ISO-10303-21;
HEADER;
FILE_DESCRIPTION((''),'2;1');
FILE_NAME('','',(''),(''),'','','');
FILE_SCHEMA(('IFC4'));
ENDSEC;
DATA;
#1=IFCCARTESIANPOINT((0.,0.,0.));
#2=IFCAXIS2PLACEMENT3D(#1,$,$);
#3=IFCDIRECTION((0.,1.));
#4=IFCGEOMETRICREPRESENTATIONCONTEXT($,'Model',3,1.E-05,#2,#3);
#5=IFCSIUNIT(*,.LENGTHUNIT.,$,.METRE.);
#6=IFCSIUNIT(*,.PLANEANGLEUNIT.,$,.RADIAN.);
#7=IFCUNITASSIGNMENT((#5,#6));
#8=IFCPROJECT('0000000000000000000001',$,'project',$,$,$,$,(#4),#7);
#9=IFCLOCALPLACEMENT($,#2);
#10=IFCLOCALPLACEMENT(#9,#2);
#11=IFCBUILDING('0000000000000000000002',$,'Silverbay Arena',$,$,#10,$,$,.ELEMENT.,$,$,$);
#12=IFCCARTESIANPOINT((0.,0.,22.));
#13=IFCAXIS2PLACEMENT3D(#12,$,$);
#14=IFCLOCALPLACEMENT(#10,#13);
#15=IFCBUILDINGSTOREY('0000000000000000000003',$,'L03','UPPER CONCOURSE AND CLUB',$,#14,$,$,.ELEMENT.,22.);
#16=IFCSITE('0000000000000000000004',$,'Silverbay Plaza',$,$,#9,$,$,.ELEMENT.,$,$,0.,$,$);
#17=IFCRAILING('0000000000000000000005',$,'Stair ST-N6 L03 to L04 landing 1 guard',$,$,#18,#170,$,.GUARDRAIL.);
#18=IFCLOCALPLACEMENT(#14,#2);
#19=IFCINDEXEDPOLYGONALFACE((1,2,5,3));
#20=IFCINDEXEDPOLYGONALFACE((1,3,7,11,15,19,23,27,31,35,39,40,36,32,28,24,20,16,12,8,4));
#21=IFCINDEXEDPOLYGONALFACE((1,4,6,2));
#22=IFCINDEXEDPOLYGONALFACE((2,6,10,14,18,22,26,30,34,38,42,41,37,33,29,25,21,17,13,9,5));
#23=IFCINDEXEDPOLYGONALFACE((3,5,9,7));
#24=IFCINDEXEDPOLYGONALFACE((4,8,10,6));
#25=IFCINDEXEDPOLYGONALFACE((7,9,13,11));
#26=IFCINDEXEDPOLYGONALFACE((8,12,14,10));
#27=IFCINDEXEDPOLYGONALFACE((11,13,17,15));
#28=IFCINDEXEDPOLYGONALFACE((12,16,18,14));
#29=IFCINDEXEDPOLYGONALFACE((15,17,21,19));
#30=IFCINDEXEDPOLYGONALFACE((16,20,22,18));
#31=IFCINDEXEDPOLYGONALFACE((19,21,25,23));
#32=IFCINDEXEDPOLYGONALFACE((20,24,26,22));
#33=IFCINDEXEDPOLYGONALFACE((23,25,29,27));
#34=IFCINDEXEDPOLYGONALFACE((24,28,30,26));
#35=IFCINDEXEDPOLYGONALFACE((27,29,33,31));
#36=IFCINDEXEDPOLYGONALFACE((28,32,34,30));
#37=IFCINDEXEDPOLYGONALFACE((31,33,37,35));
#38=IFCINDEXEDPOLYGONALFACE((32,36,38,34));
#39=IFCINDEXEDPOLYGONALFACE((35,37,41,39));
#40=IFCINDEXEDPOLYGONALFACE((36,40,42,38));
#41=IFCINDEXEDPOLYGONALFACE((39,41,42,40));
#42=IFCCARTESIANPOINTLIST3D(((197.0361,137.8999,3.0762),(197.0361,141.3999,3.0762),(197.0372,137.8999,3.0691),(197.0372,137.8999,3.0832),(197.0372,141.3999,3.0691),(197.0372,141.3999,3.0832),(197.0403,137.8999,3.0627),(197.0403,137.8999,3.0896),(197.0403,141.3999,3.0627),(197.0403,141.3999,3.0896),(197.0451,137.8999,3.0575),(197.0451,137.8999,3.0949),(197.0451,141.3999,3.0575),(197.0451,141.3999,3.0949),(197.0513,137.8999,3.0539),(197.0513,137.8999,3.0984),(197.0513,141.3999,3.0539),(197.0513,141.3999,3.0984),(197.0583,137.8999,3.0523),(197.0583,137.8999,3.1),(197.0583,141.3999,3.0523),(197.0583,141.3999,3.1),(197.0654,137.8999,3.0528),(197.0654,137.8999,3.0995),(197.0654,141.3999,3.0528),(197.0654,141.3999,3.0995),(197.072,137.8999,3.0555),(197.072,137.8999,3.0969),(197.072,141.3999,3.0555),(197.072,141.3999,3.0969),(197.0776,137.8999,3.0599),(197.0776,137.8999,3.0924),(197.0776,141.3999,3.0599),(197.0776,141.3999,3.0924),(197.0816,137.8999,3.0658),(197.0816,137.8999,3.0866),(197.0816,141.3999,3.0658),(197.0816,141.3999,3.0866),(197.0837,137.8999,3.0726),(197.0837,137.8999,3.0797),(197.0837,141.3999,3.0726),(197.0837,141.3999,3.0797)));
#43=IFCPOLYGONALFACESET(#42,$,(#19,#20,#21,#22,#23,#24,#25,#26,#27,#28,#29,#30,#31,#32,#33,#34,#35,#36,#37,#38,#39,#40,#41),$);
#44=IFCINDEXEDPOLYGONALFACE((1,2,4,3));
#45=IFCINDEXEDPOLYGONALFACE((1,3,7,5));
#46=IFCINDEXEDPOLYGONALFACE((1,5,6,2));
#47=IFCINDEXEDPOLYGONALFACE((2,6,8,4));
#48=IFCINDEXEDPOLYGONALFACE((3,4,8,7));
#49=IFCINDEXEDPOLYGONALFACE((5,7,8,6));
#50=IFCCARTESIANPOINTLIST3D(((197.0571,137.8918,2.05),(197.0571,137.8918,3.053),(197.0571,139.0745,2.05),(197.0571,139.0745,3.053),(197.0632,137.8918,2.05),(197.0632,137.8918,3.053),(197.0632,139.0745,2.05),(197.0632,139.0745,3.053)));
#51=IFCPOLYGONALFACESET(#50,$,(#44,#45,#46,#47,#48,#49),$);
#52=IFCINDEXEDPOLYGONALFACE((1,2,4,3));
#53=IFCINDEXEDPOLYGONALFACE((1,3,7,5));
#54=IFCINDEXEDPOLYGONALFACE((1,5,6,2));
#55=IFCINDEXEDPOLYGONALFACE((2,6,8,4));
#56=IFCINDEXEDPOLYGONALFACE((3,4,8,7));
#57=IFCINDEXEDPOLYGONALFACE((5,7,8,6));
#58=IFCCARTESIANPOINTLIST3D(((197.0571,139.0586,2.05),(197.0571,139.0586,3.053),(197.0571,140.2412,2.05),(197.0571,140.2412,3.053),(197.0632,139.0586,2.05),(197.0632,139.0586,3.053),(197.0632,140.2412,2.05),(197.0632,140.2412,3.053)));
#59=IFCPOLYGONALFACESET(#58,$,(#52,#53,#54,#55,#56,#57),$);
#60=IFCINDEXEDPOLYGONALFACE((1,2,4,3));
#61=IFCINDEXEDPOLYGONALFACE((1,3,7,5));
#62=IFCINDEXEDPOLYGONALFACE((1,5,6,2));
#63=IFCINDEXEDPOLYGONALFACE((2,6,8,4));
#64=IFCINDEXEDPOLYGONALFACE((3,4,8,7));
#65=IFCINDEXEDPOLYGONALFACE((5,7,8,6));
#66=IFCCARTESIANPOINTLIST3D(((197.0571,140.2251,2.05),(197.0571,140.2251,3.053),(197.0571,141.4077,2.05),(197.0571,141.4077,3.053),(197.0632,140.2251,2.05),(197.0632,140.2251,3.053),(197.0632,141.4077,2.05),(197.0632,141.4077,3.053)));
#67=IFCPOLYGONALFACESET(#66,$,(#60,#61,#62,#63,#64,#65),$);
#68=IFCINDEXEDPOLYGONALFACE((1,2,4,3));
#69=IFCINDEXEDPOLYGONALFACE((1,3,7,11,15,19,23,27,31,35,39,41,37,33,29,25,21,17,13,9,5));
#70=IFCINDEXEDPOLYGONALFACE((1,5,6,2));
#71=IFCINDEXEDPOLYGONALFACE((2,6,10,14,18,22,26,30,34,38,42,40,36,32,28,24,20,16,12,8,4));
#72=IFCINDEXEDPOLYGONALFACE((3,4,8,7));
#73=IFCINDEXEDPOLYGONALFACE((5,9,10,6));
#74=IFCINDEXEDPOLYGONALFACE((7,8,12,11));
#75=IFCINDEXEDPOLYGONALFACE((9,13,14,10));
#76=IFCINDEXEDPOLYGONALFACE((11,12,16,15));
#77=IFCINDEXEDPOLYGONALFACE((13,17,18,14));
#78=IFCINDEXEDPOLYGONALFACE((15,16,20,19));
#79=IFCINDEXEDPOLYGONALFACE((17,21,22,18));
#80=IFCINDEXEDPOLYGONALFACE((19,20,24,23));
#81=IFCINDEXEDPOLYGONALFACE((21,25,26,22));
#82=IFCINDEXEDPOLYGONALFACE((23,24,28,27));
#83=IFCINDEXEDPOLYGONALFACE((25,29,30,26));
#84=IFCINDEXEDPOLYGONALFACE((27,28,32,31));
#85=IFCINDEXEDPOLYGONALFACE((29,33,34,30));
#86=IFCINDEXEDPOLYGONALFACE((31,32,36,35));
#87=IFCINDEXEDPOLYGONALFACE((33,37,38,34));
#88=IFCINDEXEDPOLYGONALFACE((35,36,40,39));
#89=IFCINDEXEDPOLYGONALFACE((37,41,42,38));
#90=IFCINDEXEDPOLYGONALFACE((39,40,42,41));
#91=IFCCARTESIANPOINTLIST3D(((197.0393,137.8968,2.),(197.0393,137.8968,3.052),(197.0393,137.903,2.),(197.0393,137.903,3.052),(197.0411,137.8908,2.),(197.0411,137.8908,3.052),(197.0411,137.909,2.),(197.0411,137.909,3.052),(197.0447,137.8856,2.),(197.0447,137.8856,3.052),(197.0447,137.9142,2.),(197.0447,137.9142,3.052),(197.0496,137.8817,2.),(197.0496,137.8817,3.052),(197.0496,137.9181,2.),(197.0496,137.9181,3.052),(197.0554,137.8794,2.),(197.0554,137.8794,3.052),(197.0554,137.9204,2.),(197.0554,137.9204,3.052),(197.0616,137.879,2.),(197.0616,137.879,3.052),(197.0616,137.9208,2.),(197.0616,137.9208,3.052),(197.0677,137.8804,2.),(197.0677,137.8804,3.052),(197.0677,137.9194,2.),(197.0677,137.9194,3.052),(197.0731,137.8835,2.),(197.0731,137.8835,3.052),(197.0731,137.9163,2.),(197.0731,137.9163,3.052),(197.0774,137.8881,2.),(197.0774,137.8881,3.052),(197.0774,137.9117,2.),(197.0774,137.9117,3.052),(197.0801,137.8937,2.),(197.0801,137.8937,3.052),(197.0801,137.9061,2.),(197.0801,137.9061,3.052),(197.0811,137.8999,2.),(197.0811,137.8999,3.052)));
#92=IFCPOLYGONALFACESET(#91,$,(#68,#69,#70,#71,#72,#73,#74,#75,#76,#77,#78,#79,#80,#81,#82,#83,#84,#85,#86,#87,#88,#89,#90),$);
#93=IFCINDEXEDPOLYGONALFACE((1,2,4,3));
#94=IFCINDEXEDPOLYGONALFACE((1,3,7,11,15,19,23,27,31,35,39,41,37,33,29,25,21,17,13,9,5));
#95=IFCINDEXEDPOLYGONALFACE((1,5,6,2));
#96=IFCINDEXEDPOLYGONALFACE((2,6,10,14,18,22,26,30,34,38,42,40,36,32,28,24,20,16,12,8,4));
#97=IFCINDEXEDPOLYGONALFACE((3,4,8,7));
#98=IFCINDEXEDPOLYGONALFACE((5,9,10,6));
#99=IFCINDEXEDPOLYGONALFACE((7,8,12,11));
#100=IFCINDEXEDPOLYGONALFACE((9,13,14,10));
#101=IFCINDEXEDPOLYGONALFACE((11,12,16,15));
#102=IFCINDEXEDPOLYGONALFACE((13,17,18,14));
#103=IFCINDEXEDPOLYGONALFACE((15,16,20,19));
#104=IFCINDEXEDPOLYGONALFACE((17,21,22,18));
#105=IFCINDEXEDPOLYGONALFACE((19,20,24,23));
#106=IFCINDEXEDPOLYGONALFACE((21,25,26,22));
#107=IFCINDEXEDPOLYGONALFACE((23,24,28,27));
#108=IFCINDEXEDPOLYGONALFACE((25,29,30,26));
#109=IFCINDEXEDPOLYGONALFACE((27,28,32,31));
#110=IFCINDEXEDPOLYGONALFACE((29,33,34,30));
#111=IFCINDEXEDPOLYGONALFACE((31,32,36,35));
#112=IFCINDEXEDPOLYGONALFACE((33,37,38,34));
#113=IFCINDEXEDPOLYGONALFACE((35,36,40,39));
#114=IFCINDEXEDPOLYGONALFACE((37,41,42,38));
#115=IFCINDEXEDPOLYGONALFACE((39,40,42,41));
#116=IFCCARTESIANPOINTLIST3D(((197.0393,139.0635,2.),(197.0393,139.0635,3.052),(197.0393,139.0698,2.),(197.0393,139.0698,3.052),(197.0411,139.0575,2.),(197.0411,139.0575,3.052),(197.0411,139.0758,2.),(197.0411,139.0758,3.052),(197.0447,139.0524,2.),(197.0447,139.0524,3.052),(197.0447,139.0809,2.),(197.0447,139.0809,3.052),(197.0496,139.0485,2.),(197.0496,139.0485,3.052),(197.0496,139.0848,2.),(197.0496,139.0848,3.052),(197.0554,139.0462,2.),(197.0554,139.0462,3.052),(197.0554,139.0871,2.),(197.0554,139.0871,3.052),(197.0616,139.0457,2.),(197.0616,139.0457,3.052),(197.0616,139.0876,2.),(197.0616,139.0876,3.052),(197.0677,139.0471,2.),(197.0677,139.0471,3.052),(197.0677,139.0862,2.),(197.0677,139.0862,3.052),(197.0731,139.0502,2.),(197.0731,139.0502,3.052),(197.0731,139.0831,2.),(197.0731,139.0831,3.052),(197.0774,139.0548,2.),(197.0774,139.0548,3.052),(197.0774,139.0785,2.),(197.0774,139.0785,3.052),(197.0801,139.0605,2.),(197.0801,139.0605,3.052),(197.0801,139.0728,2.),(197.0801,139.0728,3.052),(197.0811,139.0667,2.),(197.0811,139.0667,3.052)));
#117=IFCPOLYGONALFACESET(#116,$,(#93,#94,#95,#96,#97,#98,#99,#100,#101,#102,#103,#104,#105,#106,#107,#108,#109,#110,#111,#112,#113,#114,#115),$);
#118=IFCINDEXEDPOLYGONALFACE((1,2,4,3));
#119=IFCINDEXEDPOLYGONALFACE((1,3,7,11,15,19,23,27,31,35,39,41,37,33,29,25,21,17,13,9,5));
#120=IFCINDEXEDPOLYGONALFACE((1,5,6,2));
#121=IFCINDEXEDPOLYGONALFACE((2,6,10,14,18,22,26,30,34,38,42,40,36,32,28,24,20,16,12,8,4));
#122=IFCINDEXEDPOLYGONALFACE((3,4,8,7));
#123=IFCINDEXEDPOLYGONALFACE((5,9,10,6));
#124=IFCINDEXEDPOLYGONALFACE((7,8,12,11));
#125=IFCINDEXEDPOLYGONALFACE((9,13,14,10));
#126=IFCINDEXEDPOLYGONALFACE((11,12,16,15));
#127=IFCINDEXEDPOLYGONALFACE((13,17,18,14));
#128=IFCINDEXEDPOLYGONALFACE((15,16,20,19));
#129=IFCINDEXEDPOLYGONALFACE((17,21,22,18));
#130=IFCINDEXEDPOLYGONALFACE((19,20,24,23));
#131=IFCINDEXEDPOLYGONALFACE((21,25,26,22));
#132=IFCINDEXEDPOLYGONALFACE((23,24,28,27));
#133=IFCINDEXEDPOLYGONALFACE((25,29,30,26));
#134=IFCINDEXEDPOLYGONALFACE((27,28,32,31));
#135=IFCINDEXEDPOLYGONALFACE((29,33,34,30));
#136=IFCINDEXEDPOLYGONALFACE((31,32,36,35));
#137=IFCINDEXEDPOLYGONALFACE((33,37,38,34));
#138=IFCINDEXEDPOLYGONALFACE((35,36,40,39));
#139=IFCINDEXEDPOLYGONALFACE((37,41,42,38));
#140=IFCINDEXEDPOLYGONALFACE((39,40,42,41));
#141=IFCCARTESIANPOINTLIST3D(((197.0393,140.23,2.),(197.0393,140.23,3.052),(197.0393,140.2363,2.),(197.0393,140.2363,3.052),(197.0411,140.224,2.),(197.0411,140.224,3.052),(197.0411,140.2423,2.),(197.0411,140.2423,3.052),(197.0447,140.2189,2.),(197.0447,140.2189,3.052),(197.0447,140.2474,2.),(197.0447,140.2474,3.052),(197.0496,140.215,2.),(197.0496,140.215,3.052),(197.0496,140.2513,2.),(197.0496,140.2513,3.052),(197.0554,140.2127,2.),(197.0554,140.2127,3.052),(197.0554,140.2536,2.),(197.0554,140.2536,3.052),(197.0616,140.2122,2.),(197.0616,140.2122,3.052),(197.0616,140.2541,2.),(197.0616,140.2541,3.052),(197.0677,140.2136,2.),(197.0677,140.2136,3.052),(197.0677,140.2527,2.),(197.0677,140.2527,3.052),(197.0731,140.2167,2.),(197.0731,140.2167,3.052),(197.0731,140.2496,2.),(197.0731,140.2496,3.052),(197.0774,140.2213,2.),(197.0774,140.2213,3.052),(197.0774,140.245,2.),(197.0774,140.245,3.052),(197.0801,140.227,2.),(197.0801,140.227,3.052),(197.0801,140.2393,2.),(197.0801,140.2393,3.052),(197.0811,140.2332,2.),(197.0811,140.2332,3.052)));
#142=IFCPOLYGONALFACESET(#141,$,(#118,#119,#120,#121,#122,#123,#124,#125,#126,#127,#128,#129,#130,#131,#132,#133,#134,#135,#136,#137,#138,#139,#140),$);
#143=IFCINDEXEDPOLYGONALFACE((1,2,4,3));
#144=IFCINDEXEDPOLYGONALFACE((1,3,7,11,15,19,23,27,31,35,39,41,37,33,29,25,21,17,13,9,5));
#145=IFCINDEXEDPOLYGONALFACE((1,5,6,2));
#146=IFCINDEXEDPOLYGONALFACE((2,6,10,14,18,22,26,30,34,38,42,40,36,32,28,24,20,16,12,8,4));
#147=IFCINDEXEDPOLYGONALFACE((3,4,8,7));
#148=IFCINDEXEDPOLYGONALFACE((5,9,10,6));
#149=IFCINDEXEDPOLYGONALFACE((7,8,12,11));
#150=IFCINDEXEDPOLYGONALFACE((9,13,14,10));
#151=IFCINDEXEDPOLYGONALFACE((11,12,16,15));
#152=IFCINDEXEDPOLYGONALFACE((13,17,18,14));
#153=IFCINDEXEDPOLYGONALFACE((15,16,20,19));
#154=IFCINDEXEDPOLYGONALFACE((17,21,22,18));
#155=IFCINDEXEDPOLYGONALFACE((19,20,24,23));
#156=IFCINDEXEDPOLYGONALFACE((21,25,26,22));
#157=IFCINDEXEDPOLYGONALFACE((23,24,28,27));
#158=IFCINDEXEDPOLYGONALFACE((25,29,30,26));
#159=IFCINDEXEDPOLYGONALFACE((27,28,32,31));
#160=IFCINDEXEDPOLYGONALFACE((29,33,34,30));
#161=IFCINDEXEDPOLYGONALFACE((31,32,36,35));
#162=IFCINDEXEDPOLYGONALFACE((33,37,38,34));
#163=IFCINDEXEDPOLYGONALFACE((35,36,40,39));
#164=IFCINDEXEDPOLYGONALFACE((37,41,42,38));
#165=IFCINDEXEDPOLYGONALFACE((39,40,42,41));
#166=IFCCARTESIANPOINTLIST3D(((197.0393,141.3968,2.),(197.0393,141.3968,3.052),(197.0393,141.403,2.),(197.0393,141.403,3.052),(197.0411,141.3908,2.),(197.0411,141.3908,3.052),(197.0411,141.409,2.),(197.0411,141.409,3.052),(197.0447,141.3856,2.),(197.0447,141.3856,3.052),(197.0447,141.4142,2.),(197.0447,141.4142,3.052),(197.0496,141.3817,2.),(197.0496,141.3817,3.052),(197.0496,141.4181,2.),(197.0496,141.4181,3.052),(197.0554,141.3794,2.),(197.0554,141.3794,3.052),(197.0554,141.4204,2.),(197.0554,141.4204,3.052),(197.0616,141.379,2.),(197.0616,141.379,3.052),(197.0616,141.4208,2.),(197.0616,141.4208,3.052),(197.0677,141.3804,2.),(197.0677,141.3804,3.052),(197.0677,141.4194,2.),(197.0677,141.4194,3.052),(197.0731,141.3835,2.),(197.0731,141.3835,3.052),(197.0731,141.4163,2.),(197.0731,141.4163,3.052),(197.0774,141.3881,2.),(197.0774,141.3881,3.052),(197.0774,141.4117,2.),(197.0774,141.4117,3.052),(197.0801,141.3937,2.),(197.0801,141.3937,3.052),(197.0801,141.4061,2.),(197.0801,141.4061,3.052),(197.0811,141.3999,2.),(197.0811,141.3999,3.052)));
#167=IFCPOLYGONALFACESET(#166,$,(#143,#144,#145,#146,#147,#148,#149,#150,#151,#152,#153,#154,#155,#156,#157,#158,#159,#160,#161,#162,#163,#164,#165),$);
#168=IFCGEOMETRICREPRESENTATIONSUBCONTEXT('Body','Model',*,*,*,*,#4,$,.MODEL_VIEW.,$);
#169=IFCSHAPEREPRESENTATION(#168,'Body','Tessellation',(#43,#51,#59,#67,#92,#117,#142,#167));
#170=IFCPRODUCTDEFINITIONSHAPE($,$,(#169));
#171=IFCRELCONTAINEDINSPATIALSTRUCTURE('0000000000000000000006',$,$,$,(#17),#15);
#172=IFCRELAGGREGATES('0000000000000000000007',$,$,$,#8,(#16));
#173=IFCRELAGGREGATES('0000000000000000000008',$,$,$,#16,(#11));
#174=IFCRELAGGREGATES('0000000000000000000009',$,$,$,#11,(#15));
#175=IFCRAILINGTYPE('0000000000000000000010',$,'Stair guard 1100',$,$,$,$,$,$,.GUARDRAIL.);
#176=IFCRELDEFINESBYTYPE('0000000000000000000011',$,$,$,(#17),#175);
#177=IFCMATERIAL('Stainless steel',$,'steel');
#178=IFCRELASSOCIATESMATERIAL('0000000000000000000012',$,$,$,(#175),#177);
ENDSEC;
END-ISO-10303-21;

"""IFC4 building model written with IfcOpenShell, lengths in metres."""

from ifc_helpers import new_model, si_unit, direction, frame, origin, origin_2d, place, context, subcontext, project, spatial, polyline, circle, outline, extrude, material, type_object, element, save


model = new_model("IFC4")

# Units and contexts
model_context = context("Model", 3, precision=1e-05, world=origin(), true_north=direction((0.0, 1.0)))
body_context = subcontext(model_context, "Body", "Model", "MODEL_VIEW")
ifc_project = project(units=[si_unit("LENGTHUNIT", "METRE"), si_unit("PLANEANGLEUNIT", "RADIAN")], contexts=[model_context])

# Site, building, storey
site_placement = place(None, origin())
site = spatial("IfcSite", under=ifc_project, at=site_placement, Name="Silverbay Plaza", CompositionType="ELEMENT", RefElevation=0.0)
building_placement = place(site_placement, origin())
building = spatial("IfcBuilding", under=site, at=building_placement, Name="Silverbay Arena", CompositionType="ELEMENT")
storey_placement = place(building_placement, frame((0.0, 0.0, 22.0)))
storey = spatial("IfcBuildingStorey", under=building, at=storey_placement, Name="L03", Description="UPPER CONCOURSE AND CLUB", CompositionType="ELEMENT", Elevation=22.0)

# Railing
ifc_material_1 = material(Name="Stainless steel", Category="steel")
railing_type_1 = type_object("IfcRailingType", Name="Stair guard 1100", PredefinedType="GUARDRAIL", material=ifc_material_1)
for number, where, name in (
    (1, (197.0601, 137.8999, 2.0), "Stair ST-N6 L03 to L04 landing 1 guard"),
):
    element("IfcRailing", number, at=place(storey_placement, frame(where)), inside=storey, type_object=railing_type_1, Name=name, PredefinedType="GUARDRAIL", context=body_context, shape_type="SweptSolid", body=[
        extrude(circle(Radius=0.0239, at=origin_2d()), frame((0.0, 0.0, 1.0762), z_axis=(0.0, 1.0, 0.0), x_axis=(-1.0, 0.0, 0.0)), (0.0, 0.0, 1.0), 3.5),
        extrude(outline(polyline([(-0.0081, 0.05), (1.1746, 0.05), (1.1746, 1.053), (-0.0081, 1.053), (-0.0081, 0.05)])), frame((-0.0029, 0.0, 0.0), z_axis=(1.0, 0.0, 0.0), x_axis=(0.0, 1.0, 0.0)), (0.0, 0.0, 1.0), 0.0061),
        extrude(outline(polyline([(-0.0081, 0.05), (1.1746, 0.05), (1.1746, 1.053), (-0.0081, 1.053), (-0.0081, 0.05)])), frame((-0.0029, 1.1667, 0.0), z_axis=(1.0, 0.0, 0.0), x_axis=(0.0, 1.0, 0.0)), (0.0, 0.0, 1.0), 0.0061),
        extrude(outline(polyline([(-0.0081, 0.05), (1.1746, 0.05), (1.1746, 1.053), (-0.0081, 1.053), (-0.0081, 0.05)])), frame((-0.0029, 2.3333, 0.0), z_axis=(1.0, 0.0, 0.0), x_axis=(0.0, 1.0, 0.0)), (0.0, 0.0, 1.0), 0.0061),
        extrude(circle(Radius=0.021, at=origin_2d()), origin(), (0.0, 0.0, 1.0), 1.052),
        extrude(circle(Radius=0.021, at=origin_2d()), frame((0.0, 1.1667, 0.0)), (0.0, 0.0, 1.0), 1.052),
        extrude(circle(Radius=0.021, at=origin_2d()), frame((0.0, 2.3333, 0.0)), (0.0, 0.0, 1.0), 1.052),
        extrude(circle(Radius=0.021, at=origin_2d()), frame((0.0, 3.5, 0.0)), (0.0, 0.0, 1.0), 1.052),
    ])

save(model, "model.ifc")
